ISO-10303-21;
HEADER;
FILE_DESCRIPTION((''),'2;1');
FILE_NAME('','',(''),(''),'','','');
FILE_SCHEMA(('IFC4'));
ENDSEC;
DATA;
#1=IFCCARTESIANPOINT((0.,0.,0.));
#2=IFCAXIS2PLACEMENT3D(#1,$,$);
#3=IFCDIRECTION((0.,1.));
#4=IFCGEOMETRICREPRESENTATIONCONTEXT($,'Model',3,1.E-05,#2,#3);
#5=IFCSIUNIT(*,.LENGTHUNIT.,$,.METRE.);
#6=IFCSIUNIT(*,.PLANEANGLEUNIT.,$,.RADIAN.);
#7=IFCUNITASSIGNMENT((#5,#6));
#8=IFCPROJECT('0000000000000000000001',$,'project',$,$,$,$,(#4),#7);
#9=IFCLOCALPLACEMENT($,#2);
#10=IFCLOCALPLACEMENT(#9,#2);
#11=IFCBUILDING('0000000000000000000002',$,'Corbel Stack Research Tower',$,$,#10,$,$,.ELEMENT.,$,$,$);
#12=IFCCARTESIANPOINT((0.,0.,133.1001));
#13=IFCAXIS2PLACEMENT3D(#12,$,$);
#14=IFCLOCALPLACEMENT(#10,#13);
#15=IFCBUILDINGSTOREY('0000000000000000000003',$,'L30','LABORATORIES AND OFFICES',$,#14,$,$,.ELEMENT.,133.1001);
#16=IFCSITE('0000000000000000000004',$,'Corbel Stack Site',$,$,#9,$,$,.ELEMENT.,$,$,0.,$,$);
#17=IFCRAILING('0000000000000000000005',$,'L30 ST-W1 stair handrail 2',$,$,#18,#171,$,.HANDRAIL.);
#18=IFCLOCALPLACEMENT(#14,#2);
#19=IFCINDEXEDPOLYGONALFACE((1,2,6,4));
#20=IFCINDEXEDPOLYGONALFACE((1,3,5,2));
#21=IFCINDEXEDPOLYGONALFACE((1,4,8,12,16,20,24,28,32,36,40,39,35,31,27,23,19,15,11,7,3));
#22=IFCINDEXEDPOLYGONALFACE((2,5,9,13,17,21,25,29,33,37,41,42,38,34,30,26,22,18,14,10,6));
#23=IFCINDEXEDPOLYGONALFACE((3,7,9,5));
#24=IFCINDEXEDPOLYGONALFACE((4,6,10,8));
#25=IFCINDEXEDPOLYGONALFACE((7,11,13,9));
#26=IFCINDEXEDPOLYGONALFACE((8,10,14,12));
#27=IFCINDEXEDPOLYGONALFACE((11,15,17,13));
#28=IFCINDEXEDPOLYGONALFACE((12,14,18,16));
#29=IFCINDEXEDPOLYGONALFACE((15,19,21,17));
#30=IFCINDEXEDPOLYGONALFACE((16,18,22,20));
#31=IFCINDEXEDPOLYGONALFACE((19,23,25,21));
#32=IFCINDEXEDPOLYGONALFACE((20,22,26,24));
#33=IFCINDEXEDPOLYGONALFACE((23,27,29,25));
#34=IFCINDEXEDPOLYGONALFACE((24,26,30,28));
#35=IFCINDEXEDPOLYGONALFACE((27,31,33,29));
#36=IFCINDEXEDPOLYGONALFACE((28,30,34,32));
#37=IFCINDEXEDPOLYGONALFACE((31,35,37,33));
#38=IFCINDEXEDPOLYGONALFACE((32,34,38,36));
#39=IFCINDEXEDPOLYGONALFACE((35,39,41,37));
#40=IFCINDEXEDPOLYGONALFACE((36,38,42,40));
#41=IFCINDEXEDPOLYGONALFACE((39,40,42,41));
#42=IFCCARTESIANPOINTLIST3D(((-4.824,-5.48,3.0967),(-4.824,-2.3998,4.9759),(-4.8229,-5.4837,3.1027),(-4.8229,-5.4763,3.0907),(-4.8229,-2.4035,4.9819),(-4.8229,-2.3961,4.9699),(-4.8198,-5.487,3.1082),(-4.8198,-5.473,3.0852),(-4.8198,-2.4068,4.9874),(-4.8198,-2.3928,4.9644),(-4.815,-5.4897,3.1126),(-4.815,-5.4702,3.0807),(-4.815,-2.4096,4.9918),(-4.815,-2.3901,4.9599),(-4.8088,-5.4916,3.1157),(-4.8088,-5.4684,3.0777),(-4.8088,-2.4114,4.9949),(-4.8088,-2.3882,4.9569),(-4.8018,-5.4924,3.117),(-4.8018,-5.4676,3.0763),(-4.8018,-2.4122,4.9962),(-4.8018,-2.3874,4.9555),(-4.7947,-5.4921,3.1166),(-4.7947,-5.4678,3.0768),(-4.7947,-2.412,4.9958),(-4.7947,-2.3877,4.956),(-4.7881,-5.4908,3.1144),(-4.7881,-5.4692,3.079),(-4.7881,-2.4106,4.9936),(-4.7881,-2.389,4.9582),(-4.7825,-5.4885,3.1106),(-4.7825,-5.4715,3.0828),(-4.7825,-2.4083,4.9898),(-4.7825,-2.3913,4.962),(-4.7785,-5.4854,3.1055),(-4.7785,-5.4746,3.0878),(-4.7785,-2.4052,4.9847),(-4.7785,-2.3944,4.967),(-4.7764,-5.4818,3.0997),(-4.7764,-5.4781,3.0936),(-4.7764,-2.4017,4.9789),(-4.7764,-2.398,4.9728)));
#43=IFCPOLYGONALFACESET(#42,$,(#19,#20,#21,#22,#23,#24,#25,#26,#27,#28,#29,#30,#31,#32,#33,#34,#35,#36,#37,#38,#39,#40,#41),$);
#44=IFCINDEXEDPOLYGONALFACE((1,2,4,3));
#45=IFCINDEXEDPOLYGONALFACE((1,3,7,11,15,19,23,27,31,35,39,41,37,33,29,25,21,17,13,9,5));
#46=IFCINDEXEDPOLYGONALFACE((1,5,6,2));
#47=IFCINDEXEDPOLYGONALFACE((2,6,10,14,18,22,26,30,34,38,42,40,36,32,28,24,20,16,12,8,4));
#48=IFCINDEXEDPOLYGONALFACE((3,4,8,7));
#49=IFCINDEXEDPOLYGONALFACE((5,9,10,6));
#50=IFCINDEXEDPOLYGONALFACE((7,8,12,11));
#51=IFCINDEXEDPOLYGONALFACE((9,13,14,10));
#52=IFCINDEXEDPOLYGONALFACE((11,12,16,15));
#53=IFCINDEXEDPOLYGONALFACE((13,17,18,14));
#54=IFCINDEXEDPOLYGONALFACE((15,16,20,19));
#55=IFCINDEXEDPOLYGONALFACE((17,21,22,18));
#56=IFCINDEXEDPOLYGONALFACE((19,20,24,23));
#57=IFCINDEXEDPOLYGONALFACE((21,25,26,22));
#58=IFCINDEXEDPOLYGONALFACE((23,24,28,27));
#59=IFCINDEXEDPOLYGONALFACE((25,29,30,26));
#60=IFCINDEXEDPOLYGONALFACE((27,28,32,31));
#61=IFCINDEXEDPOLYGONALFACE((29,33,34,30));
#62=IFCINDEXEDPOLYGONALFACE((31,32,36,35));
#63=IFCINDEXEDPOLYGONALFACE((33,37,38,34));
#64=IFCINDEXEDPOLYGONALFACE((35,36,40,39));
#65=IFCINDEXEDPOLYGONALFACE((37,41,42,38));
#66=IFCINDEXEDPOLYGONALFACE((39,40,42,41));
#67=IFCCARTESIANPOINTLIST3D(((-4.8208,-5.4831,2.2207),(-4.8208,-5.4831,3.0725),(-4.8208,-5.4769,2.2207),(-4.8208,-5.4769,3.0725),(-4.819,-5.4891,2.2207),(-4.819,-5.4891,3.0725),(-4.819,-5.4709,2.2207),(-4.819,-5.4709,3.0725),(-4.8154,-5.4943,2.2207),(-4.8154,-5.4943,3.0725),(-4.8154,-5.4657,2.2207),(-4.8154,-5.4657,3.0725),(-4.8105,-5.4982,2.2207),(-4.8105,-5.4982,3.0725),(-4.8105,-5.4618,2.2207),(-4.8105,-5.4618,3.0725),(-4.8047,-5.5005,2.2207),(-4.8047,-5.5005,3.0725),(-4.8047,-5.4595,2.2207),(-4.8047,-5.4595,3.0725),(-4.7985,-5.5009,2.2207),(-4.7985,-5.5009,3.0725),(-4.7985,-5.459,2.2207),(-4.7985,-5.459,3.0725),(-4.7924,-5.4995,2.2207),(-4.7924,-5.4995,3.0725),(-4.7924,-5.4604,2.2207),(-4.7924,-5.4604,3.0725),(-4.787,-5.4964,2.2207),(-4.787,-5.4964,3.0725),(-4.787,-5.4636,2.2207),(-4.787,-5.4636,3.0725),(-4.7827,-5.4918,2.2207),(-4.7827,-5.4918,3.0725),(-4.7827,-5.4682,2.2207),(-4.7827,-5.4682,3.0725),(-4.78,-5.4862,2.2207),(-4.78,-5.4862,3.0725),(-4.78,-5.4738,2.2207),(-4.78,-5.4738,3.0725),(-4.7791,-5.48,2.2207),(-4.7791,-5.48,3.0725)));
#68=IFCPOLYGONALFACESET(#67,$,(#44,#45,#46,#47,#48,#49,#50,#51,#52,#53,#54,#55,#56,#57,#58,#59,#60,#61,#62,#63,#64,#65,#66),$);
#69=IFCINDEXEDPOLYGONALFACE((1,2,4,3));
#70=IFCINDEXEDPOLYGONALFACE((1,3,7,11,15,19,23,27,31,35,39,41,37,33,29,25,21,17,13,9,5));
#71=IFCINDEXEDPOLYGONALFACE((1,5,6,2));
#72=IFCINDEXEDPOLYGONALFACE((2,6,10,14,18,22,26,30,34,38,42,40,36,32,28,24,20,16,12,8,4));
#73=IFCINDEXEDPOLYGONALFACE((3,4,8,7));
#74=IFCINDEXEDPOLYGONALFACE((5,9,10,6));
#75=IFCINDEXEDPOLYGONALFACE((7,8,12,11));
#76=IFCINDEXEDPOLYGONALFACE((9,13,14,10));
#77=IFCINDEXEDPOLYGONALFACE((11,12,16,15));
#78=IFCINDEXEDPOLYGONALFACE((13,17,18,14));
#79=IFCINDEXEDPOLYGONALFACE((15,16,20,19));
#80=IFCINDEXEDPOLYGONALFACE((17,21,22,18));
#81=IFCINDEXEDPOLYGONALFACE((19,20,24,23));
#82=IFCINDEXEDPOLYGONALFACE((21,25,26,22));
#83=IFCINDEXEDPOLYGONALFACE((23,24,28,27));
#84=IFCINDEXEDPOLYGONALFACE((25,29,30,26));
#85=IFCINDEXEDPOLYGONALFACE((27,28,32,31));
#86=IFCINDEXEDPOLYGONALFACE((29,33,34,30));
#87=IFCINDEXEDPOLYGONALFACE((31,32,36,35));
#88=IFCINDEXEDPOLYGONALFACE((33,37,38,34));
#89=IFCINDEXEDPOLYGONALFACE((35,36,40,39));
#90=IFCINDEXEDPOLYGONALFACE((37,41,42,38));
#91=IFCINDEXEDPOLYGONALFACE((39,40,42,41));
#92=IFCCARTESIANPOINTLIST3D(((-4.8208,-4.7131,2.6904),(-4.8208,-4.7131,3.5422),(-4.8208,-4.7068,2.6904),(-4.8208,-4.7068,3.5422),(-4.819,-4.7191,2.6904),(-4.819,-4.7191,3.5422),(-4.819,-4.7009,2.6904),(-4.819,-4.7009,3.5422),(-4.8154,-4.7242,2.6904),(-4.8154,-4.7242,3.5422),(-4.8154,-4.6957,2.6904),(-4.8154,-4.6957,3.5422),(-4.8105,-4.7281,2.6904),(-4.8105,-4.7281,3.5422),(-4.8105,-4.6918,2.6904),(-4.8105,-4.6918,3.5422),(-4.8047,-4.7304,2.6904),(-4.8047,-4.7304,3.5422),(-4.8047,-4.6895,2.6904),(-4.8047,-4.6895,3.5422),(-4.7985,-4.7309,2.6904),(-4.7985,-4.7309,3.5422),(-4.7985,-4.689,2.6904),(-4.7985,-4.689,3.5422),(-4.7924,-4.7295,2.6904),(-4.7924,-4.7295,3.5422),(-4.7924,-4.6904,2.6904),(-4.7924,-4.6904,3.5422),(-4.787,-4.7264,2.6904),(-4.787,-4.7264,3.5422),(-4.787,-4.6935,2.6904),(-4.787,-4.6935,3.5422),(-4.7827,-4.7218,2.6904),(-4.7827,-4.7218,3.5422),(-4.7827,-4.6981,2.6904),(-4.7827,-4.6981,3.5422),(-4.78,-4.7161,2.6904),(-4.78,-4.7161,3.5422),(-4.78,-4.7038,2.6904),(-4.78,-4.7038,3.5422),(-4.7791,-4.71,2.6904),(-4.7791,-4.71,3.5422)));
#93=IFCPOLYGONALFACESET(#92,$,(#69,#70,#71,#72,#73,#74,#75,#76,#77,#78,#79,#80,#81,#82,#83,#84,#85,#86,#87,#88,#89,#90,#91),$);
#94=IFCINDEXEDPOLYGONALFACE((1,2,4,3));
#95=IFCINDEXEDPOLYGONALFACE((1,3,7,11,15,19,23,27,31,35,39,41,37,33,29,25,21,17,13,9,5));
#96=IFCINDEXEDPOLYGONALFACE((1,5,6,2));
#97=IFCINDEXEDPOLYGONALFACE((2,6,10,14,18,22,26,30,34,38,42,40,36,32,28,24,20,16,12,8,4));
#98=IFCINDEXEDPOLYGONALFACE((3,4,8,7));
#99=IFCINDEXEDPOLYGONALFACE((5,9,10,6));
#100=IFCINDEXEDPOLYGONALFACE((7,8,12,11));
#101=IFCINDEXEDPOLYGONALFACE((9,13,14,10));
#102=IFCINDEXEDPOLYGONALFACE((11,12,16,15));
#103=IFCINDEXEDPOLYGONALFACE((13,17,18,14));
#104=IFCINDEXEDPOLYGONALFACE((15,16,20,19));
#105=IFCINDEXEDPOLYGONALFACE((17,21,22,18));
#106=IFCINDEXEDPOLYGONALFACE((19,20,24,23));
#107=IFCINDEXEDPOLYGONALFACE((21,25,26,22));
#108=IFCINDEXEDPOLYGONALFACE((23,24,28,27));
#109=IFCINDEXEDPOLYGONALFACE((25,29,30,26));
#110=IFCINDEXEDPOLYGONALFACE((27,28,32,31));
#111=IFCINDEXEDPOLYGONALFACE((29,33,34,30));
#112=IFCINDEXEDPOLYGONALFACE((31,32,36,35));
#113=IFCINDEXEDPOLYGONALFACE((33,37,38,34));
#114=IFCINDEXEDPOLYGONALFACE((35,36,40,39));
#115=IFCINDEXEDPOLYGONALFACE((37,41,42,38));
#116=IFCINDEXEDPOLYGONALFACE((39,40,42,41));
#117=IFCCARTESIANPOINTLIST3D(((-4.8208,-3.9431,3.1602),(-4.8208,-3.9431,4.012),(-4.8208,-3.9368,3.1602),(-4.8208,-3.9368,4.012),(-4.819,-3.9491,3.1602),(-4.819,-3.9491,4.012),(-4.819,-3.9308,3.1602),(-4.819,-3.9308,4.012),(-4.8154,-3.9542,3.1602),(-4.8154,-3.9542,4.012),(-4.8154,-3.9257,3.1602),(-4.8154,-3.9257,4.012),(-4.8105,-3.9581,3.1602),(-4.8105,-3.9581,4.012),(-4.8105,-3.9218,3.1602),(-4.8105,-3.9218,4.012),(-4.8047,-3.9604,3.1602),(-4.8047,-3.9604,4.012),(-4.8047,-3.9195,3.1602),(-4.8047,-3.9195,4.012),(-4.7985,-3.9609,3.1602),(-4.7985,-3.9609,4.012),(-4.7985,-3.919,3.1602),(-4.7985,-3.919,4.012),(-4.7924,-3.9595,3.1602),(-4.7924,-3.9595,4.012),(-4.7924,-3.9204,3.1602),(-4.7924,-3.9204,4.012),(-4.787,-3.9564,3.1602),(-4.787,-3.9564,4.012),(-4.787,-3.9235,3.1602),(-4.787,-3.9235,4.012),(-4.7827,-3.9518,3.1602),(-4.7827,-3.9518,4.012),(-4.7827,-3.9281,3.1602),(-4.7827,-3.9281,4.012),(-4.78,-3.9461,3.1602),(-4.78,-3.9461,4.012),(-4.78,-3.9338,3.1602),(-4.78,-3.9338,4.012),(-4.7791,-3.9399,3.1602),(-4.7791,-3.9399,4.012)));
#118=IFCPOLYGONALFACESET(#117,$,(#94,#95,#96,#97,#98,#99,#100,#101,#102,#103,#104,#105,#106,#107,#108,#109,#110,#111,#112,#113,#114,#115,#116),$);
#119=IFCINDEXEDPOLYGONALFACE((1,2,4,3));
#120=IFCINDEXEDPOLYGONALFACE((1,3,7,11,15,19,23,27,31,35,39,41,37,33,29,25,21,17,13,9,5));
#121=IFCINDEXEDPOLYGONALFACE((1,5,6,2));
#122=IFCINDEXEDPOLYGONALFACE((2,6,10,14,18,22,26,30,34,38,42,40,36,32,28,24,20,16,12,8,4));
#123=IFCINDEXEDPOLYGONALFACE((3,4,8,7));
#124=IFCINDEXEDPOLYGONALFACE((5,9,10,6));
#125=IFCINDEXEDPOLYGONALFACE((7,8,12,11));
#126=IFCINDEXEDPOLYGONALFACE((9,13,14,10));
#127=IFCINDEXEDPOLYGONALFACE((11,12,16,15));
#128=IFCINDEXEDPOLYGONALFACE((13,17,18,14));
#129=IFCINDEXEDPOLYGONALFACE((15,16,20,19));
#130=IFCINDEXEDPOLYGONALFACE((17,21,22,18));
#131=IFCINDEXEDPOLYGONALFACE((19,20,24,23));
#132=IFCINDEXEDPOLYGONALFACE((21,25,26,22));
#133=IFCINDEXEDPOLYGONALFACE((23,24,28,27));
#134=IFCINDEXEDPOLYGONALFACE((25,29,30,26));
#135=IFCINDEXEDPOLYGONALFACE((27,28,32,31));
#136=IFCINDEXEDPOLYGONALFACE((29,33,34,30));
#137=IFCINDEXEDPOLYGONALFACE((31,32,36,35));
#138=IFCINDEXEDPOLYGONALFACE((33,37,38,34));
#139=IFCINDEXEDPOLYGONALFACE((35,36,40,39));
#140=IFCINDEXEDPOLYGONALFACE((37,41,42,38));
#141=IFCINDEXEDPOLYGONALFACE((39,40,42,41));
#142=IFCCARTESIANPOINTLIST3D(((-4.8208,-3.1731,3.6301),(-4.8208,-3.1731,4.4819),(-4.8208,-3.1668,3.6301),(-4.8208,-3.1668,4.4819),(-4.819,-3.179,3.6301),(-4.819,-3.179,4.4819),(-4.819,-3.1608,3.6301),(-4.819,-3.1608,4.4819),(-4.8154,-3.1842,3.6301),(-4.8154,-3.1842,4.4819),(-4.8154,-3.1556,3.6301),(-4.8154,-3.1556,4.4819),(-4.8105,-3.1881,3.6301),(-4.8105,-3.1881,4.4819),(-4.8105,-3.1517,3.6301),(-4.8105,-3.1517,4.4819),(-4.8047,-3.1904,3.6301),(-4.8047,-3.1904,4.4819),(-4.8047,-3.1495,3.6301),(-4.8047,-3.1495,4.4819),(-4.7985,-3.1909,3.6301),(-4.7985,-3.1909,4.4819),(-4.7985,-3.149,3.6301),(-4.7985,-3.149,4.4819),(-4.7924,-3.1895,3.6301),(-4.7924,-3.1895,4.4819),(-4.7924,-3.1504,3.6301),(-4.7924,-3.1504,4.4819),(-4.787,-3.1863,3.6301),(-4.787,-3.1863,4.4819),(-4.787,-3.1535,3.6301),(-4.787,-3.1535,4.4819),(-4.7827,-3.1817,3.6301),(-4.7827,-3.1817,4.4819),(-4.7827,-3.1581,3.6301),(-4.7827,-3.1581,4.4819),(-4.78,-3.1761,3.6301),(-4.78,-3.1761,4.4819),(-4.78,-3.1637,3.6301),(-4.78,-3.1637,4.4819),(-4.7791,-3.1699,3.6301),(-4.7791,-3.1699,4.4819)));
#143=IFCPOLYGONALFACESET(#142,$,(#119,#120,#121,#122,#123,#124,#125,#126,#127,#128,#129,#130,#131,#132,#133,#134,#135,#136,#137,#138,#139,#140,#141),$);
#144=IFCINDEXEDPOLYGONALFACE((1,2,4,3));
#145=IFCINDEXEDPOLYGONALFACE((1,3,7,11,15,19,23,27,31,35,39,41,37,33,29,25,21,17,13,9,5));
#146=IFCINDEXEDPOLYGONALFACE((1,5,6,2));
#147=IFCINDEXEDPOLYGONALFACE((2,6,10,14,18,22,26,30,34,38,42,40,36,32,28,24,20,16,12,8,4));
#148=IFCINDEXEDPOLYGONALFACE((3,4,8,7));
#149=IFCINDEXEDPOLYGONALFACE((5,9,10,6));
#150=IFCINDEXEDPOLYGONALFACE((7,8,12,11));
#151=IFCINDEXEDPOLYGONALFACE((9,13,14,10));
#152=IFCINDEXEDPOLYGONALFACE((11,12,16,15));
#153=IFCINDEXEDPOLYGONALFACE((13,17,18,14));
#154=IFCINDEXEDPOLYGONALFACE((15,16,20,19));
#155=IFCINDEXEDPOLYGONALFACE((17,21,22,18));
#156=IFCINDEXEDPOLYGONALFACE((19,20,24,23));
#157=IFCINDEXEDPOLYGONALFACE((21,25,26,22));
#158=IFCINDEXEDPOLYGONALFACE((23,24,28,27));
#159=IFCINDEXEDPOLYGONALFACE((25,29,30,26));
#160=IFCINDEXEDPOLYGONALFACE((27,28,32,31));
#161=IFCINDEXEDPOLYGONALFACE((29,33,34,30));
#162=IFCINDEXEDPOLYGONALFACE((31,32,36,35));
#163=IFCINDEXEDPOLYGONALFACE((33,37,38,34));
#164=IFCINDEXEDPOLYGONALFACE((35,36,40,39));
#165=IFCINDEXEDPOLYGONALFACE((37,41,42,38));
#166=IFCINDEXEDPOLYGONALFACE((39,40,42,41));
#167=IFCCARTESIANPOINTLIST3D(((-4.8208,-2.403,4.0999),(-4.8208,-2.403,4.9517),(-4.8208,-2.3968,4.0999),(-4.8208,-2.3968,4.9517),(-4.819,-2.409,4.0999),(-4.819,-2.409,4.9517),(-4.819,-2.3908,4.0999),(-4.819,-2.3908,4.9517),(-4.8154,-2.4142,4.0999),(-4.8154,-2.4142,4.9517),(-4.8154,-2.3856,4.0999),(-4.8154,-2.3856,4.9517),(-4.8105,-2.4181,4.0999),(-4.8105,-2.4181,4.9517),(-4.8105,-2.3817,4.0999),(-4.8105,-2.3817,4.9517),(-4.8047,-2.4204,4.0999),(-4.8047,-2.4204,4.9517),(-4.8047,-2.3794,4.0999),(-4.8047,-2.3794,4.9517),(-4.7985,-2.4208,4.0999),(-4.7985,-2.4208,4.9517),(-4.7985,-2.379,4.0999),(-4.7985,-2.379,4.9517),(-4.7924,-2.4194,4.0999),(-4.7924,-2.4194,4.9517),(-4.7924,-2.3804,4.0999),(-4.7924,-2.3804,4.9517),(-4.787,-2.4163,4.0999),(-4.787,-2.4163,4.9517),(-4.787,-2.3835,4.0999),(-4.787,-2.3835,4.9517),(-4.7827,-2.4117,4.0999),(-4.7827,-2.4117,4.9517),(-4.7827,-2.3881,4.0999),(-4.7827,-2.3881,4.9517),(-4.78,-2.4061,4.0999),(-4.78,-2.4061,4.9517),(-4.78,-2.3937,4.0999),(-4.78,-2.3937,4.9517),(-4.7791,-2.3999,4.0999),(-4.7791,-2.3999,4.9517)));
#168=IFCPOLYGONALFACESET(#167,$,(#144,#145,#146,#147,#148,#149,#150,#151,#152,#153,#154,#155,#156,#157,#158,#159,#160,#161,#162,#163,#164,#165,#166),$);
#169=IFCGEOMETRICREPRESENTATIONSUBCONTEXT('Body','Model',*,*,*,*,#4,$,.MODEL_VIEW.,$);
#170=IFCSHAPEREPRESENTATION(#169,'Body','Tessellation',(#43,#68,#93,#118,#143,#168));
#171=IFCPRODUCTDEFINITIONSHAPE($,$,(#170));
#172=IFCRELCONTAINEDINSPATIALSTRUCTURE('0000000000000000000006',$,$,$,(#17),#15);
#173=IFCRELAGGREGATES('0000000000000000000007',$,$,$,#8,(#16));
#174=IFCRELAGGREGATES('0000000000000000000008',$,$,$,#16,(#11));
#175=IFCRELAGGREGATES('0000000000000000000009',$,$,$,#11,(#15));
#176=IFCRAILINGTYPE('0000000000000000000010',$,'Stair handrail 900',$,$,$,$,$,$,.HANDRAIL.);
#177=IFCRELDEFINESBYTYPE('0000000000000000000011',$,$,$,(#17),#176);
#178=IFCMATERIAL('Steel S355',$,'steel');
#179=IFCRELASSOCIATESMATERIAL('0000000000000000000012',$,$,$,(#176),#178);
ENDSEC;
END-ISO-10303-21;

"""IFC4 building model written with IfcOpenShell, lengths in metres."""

from ifc_helpers import new_model, si_unit, direction, frame, origin, origin_2d, place, context, subcontext, project, spatial, circle, extrude, material, type_object, element, save


model = new_model("IFC4")

# Units and contexts
model_context = context("Model", 3, precision=1e-05, world=origin(), true_north=direction((0.0, 1.0)))
body_context = subcontext(model_context, "Body", "Model", "MODEL_VIEW")
ifc_project = project(units=[si_unit("LENGTHUNIT", "METRE"), si_unit("PLANEANGLEUNIT", "RADIAN")], contexts=[model_context])

# Site, building, storey
site_placement = place(None, origin())
site = spatial("IfcSite", under=ifc_project, at=site_placement, Name="Corbel Stack Site", CompositionType="ELEMENT", RefElevation=0.0)
building_placement = place(site_placement, origin())
building = spatial("IfcBuilding", under=site, at=building_placement, Name="Corbel Stack Research Tower", CompositionType="ELEMENT")
storey_placement = place(building_placement, frame((0.0, 0.0, 133.1001)))
storey = spatial("IfcBuildingStorey", under=building, at=storey_placement, Name="L30", Description="LABORATORIES AND OFFICES", CompositionType="ELEMENT", Elevation=133.1001)

# Railing
ifc_material_1 = material(Name="Steel S355", Category="steel")
railing_type_1 = type_object("IfcRailingType", Name="Stair handrail 900", PredefinedType="HANDRAIL", material=ifc_material_1)
railing_1_placement = place(storey_placement, frame((-4.8, -5.48, 2.2207)))
element("IfcRailing", 1, at=railing_1_placement, inside=storey, type_object=railing_type_1, Name="L30 ST-W1 stair handrail 2", PredefinedType="HANDRAIL", context=body_context, shape_type="SweptSolid", body=[
    extrude(circle(Radius=0.0239, at=origin_2d()), frame((0.0, 0.0, 0.876), z_axis=(0.0, 0.853666, 0.52082), x_axis=(-1.0, 0.0, 0.0)), (0.0, 0.0, 1.0), 3.6082),
    extrude(circle(Radius=0.021, at=origin_2d()), origin(), (0.0, 0.0, 1.0), 0.8518),
    extrude(circle(Radius=0.021, at=origin_2d()), frame((0.0, 0.77, 0.4697)), (0.0, 0.0, 1.0), 0.8518),
    extrude(circle(Radius=0.021, at=origin_2d()), frame((0.0, 1.54, 0.9395)), (0.0, 0.0, 1.0), 0.8518),
    extrude(circle(Radius=0.021, at=origin_2d()), frame((0.0, 2.3101, 1.4094)), (0.0, 0.0, 1.0), 0.8518),
    extrude(circle(Radius=0.021, at=origin_2d()), frame((0.0, 3.0801, 1.8792)), (0.0, 0.0, 1.0), 0.8518),
])

save(model, "model.ifc")
